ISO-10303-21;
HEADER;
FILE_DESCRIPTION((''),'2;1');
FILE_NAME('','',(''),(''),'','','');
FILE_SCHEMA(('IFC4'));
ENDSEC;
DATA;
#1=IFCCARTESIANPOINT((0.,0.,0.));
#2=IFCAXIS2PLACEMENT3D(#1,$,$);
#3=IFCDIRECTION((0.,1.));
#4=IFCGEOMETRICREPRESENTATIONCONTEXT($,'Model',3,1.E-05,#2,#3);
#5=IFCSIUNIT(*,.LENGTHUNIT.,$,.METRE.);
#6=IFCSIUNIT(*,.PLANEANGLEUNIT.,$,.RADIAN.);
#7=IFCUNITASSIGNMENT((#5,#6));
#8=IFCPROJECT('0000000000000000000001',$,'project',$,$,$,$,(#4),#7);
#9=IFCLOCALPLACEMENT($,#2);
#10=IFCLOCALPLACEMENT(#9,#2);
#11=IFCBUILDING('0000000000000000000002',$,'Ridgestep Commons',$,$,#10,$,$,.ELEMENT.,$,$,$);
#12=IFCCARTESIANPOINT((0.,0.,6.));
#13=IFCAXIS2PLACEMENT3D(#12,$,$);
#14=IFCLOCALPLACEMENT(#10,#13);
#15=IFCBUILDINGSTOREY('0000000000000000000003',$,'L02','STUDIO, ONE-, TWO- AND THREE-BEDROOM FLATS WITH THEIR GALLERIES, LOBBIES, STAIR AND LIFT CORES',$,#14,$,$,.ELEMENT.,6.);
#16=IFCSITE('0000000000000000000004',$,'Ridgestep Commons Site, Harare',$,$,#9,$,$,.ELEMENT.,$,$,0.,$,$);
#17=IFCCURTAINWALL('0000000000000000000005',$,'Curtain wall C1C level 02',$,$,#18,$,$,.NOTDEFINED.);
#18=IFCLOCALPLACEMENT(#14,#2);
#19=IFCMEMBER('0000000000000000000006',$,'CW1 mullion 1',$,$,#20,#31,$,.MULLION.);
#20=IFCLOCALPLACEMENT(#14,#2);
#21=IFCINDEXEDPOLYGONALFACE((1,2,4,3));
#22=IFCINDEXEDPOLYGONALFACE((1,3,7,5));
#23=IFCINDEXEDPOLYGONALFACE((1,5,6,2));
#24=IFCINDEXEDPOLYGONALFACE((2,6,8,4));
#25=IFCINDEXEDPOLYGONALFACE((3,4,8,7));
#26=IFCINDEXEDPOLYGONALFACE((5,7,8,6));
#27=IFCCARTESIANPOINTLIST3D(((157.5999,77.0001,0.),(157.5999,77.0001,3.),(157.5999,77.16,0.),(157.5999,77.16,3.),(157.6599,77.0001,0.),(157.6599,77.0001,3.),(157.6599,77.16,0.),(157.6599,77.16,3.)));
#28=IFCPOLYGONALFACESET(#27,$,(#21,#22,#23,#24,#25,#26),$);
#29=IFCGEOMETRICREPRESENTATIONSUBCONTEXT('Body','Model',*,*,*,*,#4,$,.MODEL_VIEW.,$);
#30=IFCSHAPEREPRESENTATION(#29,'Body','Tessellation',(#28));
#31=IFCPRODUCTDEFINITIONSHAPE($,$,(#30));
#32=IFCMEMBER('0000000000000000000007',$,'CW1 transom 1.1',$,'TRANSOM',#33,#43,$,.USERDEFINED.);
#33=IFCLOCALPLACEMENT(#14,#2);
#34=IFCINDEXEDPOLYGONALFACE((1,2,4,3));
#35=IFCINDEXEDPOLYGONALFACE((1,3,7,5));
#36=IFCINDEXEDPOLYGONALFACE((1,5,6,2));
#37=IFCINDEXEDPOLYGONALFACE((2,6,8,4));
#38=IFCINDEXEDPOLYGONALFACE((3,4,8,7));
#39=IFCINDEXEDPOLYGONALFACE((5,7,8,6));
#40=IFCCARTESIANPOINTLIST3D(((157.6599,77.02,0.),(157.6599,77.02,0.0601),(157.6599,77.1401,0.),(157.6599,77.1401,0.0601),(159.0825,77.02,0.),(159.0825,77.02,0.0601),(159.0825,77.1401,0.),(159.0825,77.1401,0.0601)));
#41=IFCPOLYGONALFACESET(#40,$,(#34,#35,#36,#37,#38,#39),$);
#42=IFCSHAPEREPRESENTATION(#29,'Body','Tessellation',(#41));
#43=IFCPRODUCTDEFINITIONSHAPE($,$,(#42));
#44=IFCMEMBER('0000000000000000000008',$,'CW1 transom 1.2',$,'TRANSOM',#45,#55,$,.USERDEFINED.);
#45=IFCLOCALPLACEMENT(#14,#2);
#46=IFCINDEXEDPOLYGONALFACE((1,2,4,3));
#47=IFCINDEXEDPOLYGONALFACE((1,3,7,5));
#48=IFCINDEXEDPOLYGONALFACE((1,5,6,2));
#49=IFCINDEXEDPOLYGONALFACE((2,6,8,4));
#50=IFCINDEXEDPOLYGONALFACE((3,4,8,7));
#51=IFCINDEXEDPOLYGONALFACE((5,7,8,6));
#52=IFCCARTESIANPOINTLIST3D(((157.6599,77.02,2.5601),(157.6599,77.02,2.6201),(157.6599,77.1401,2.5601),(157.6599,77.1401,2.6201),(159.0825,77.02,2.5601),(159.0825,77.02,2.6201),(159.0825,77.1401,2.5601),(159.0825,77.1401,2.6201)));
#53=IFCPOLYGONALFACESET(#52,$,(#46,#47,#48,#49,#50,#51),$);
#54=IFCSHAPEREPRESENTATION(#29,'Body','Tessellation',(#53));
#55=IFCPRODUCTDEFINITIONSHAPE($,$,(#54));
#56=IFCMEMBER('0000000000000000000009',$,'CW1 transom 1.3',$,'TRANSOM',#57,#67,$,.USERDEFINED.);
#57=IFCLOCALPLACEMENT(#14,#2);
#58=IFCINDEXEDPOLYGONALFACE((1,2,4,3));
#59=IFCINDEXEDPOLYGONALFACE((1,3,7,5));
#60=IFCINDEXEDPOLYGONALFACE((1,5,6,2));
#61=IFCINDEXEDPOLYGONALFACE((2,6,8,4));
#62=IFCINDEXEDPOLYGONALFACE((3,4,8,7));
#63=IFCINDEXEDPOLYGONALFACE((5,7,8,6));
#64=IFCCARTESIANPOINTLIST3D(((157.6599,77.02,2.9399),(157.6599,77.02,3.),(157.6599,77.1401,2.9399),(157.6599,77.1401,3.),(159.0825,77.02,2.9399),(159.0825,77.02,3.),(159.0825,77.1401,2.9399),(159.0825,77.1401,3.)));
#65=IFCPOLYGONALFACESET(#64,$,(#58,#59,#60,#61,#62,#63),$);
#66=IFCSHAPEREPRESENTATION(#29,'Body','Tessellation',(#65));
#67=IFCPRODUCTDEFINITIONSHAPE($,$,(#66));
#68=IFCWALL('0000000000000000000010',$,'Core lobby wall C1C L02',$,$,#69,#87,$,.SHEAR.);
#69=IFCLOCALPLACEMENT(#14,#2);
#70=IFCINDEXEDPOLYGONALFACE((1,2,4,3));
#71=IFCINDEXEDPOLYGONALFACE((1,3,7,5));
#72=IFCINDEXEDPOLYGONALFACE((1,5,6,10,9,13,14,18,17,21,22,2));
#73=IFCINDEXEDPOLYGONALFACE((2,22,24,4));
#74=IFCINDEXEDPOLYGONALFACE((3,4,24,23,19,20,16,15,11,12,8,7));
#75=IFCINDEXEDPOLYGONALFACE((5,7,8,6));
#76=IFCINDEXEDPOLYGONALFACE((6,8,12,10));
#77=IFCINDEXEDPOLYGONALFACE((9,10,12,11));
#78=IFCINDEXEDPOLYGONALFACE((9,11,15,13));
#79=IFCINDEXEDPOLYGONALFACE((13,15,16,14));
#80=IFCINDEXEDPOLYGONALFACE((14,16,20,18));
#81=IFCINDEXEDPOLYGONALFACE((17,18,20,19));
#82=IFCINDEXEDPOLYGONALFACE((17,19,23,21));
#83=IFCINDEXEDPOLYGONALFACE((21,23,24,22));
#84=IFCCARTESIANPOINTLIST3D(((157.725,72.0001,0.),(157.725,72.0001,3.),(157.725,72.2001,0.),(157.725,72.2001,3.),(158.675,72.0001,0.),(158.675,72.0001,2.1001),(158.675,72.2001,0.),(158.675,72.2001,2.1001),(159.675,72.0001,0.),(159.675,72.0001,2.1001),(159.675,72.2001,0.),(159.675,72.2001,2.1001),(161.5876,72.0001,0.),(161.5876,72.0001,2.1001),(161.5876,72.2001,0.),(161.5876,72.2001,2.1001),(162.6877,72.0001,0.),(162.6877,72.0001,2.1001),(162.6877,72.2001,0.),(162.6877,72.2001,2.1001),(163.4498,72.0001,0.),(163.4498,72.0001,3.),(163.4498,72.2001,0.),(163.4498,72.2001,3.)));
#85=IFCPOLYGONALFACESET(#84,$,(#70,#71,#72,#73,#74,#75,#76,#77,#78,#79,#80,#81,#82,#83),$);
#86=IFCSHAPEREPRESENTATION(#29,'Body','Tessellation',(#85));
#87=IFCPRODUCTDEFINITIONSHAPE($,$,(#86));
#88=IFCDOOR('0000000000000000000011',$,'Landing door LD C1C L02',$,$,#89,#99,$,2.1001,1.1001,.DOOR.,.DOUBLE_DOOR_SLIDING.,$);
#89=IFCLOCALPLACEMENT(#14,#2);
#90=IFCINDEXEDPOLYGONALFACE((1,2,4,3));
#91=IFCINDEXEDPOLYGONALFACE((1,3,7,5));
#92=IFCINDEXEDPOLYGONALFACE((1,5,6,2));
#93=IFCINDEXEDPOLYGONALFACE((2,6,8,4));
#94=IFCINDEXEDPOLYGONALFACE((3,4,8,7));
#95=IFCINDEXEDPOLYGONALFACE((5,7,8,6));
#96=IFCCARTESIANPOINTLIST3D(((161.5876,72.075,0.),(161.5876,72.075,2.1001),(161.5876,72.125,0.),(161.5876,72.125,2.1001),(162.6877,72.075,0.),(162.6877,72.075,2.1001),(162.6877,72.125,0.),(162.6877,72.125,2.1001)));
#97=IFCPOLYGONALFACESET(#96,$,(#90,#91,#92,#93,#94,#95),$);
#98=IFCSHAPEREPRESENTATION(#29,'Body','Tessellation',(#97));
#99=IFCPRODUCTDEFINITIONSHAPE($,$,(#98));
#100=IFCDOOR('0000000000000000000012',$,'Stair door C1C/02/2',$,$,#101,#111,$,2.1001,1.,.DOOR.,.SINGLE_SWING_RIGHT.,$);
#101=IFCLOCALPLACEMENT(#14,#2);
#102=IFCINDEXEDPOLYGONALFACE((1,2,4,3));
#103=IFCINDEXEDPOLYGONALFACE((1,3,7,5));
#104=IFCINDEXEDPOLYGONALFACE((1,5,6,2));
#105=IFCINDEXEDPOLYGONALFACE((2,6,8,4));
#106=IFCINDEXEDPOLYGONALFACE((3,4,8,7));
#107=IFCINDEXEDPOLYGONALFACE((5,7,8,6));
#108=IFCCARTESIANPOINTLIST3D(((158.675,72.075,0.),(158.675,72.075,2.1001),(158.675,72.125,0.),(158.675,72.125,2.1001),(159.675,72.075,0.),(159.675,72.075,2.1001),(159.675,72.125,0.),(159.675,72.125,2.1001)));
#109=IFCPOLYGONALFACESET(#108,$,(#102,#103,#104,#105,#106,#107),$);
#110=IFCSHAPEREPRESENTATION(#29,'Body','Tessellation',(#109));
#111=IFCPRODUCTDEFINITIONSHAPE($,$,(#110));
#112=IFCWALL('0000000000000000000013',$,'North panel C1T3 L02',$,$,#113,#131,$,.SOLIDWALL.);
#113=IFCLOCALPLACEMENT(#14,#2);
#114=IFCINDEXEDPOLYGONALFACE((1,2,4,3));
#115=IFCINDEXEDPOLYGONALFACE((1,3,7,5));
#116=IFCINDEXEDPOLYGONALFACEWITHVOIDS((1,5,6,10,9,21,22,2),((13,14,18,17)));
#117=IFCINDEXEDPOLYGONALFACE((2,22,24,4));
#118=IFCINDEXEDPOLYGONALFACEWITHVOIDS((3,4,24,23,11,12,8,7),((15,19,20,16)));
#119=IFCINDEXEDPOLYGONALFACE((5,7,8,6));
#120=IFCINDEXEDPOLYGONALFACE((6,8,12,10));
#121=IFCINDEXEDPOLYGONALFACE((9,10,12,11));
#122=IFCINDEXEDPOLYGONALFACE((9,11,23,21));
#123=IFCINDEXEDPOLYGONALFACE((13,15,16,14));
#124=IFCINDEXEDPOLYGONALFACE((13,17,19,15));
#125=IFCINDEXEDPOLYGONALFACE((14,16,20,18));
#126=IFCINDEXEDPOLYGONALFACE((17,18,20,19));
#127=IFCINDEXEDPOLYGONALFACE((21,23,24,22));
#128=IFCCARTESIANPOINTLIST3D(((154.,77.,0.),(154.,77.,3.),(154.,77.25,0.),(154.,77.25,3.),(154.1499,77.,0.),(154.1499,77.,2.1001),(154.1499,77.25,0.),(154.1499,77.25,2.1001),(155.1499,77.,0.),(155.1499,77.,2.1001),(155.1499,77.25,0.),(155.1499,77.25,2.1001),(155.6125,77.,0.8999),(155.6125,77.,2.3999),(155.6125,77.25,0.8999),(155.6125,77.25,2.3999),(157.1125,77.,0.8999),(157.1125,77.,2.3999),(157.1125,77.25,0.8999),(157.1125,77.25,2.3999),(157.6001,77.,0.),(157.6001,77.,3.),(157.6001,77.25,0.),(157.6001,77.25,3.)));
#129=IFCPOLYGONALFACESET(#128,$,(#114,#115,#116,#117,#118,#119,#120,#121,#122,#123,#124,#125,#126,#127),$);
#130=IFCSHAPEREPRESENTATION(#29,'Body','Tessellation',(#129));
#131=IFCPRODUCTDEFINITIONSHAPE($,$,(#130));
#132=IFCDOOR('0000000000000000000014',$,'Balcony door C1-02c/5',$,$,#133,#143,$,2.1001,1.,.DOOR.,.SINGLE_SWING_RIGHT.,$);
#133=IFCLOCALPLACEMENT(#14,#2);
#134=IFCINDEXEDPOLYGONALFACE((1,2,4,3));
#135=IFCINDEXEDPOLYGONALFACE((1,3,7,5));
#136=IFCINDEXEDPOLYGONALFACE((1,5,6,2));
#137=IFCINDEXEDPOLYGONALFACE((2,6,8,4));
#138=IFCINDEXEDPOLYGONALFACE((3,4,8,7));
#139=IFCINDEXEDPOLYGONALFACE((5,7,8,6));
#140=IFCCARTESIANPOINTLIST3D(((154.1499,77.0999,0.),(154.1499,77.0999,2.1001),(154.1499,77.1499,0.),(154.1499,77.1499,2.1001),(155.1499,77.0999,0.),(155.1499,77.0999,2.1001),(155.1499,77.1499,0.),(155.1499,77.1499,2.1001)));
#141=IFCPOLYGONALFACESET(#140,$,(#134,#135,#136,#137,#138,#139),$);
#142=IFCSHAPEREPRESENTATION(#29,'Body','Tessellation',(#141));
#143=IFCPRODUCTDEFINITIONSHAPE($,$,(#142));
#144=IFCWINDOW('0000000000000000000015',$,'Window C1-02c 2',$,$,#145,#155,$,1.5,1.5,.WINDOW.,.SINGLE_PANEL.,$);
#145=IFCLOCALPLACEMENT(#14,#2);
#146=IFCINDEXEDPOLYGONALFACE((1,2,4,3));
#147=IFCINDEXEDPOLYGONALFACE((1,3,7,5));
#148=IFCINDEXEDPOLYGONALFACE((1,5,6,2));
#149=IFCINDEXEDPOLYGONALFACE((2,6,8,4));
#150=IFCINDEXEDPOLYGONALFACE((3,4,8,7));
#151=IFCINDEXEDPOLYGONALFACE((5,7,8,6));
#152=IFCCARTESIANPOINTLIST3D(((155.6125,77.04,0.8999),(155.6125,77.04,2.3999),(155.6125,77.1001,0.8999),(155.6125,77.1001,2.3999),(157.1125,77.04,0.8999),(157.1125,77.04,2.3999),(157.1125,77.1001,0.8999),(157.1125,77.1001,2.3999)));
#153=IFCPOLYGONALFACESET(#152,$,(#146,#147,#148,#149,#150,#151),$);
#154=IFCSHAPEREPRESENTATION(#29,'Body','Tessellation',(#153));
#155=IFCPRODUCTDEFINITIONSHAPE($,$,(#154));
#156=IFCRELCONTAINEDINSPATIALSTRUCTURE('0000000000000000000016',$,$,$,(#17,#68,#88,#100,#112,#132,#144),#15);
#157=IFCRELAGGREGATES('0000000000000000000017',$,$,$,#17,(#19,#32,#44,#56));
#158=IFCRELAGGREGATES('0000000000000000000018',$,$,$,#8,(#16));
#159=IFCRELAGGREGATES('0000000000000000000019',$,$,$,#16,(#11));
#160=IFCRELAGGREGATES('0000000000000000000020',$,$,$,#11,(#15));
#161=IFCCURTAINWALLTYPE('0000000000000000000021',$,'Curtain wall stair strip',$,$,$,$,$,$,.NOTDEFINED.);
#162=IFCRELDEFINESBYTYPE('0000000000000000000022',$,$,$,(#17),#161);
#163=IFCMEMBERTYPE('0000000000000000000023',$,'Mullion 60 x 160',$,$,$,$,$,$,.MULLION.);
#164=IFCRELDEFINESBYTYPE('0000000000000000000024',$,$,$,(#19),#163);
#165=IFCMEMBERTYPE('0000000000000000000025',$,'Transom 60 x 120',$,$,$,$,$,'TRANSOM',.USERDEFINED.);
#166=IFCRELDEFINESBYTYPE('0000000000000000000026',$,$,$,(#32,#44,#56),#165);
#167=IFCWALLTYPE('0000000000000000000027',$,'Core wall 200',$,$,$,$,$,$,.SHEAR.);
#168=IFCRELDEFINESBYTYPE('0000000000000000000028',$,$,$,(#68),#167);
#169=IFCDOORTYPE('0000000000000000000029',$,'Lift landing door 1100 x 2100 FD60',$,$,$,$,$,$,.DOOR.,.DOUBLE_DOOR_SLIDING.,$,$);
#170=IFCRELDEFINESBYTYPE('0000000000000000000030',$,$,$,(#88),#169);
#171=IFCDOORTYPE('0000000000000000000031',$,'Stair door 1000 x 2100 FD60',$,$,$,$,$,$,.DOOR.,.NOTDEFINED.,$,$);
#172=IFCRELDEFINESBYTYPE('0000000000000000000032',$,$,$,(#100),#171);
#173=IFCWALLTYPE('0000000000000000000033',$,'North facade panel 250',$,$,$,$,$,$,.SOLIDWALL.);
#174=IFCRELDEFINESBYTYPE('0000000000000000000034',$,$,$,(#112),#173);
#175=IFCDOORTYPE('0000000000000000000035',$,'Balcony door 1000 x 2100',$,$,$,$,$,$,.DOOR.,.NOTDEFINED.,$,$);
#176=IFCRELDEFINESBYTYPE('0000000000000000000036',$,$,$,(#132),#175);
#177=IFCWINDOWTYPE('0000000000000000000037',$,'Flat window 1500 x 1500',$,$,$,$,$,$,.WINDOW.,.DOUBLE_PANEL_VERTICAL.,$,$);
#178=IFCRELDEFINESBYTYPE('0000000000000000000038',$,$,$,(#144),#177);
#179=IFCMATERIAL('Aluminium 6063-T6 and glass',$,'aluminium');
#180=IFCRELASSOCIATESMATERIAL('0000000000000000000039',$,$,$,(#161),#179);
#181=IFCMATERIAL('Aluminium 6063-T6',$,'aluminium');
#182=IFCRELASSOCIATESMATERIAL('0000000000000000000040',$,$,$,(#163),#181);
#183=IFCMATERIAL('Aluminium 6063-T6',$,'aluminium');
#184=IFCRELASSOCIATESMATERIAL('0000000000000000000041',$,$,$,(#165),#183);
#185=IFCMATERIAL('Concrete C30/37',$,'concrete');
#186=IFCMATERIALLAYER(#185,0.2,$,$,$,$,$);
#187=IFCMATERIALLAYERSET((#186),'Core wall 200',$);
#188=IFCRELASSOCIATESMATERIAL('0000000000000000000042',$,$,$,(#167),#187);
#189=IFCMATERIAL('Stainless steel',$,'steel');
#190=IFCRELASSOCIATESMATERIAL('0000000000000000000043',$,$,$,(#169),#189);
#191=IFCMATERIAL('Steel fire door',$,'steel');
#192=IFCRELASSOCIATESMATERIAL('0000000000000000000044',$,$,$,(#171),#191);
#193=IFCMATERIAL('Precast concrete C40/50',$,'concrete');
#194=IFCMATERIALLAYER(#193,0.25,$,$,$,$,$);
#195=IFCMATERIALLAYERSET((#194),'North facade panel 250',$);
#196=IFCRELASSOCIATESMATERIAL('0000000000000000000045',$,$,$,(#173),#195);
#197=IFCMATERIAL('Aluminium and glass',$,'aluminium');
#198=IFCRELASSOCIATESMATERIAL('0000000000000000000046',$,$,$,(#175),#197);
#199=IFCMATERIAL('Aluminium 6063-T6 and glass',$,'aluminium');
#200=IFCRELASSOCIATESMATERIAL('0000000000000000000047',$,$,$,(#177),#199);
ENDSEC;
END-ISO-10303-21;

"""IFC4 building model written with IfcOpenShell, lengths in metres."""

from ifc_helpers import new_model, si_unit, direction, frame, frame_2d, origin, origin_2d, place, context, subcontext, project, spatial, rectangle, extrude, material, layer, layer_set, material_profile, profile_set, type_object, element, fill, aggregate, save


model = new_model("IFC4")

# Units and contexts
model_context = context("Model", 3, precision=1e-05, world=origin(), true_north=direction((0.0, 1.0)))
body_context = subcontext(model_context, "Body", "Model", "MODEL_VIEW")
ifc_project = project(units=[si_unit("LENGTHUNIT", "METRE"), si_unit("PLANEANGLEUNIT", "RADIAN")], contexts=[model_context])

# Site, building, storey
site_placement = place(None, origin())
site = spatial("IfcSite", under=ifc_project, at=site_placement, Name="Ridgestep Commons Site, Harare", CompositionType="ELEMENT", RefElevation=0.0)
building_placement = place(site_placement, origin())
building = spatial("IfcBuilding", under=site, at=building_placement, Name="Ridgestep Commons", CompositionType="ELEMENT")
storey_placement = place(building_placement, frame((0.0, 0.0, 6.0)))
storey = spatial("IfcBuildingStorey", under=building, at=storey_placement, Name="L02", Description="STUDIO, ONE-, TWO- AND THREE-BEDROOM FLATS WITH THEIR GALLERIES, LOBBIES, STAIR AND LIFT CORES", CompositionType="ELEMENT", Elevation=6.0)

# Curtain wall, members
ifc_material_1 = material(Name="Aluminium 6063-T6 and glass", Category="aluminium")
curtain_wall_type = type_object("IfcCurtainWallType", Name="Curtain wall stair strip", PredefinedType="NOTDEFINED", material=ifc_material_1)
curtain_wall_placement = place(storey_placement, origin())
curtain_wall = element("IfcCurtainWall", 1, at=curtain_wall_placement, inside=storey, type_object=curtain_wall_type, Name="Curtain wall C1C level 02", PredefinedType="NOTDEFINED")
ifc_material_2 = material(Name="Aluminium 6063-T6", Category="aluminium")
ifc_material_profile_1 = material_profile(ifc_material_2, rectangle(XDim=0.1599, YDim=0.0601, at=origin_2d()), Name="Mullion 60 x 160")
ifc_profile_set_1 = profile_set([ifc_material_profile_1], Name="Aluminium 6063-T6")
member_type_1 = type_object("IfcMemberType", Name="Mullion 60 x 160", PredefinedType="MULLION", material=ifc_profile_set_1)
member_1_placement = place(storey_placement, frame((157.6299, 77.0801, 0.0), z_axis=(0.0, 0.0, 1.0), x_axis=(0.0, 1.0, 0.0)))
member_1 = element("IfcMember", 2, at=member_1_placement, type_object=member_type_1, Name="CW1 mullion 1", PredefinedType="MULLION", context=body_context, shape_type="SweptSolid", body=[
    extrude(rectangle(XDim=0.1599, YDim=0.0601, at=origin_2d()), origin(), (0.0, 0.0, 1.0), 3.0),
])
ifc_material_3 = material(Name="Aluminium 6063-T6", Category="aluminium")
ifc_material_profile_2 = material_profile(ifc_material_3, rectangle(XDim=0.1201, YDim=0.0601, at=origin_2d()), Name="Transom 60 x 120")
ifc_profile_set_2 = profile_set([ifc_material_profile_2], Name="Aluminium 6063-T6")
member_type_2 = type_object("IfcMemberType", Name="Transom 60 x 120", ElementType="TRANSOM", PredefinedType="USERDEFINED", material=ifc_profile_set_2)
member_2_placement = place(storey_placement, frame((157.6599, 77.0801, 0.03), z_axis=(1.0, 0.0, 0.0), x_axis=(0.0, 1.0, 0.0)))
member_2 = element("IfcMember", 3, at=member_2_placement, type_object=member_type_2, Name="CW1 transom 1.1", ObjectType="TRANSOM", PredefinedType="USERDEFINED", context=body_context, shape_type="SweptSolid", body=[
    extrude(rectangle(XDim=0.1201, YDim=0.0601, at=origin_2d()), origin(), (0.0, 0.0, 1.0), 1.4226),
])
member_3_placement = place(storey_placement, frame((157.6599, 77.0801, 2.5901), z_axis=(1.0, 0.0, 0.0), x_axis=(0.0, 1.0, 0.0)))
member_3 = element("IfcMember", 4, at=member_3_placement, type_object=member_type_2, Name="CW1 transom 1.2", ObjectType="TRANSOM", PredefinedType="USERDEFINED", context=body_context, shape_type="SweptSolid", body=[
    extrude(rectangle(XDim=0.1201, YDim=0.0601, at=origin_2d()), origin(), (0.0, 0.0, 1.0), 1.4226),
])
member_4_placement = place(storey_placement, frame((157.6599, 77.0801, 2.97), z_axis=(1.0, 0.0, 0.0), x_axis=(0.0, 1.0, 0.0)))
member_4 = element("IfcMember", 5, at=member_4_placement, type_object=member_type_2, Name="CW1 transom 1.3", ObjectType="TRANSOM", PredefinedType="USERDEFINED", context=body_context, shape_type="SweptSolid", body=[
    extrude(rectangle(XDim=0.1201, YDim=0.0601, at=origin_2d()), origin(), (0.0, 0.0, 1.0), 1.4226),
])
aggregate(curtain_wall, [member_1, member_2, member_3, member_4])

# Wall, openings, doors
ifc_material_4 = material(Name="Concrete C30/37", Category="concrete")
ifc_layer_1 = layer(ifc_material_4, 0.2)
ifc_layer_set_1 = layer_set([ifc_layer_1], Name="Core wall 200")
wall_type_1 = type_object("IfcWallType", Name="Core wall 200", PredefinedType="SHEAR", material=ifc_layer_set_1)
wall_1_placement = place(storey_placement, frame((157.7251, 72.1001, 0.0), z_axis=(0.0, 0.0, 1.0), x_axis=(1.0, 0.0, 0.0)))
wall_1 = element("IfcWall", 6, at=wall_1_placement, inside=storey, type_object=wall_type_1, Name="Core lobby wall C1C L02", PredefinedType="SHEAR", context=body_context, shape_type="SweptSolid", body=[
    extrude(rectangle(XDim=5.7249, YDim=0.2, at=frame_2d((2.8623, 0.0))), origin(), (0.0, 0.0, 1.0), 3.0),
])
opening_1_placement = place(wall_1_placement, frame((0.95, 0.0, 0.0)))
opening_1 = element("IfcOpeningElement", 7, at=opening_1_placement, cuts=wall_1, PredefinedType="OPENING", context=body_context, shape_type="SweptSolid", body=[
    extrude(rectangle(XDim=1.0, YDim=2.1001, at=frame_2d((0.5, 1.05))), frame((0.0, 0.1099, 0.0), z_axis=(0.0, -1.0, 0.0), x_axis=(1.0, 0.0, 0.0)), (0.0, 0.0, 1.0), 0.22),
])
opening_2_placement = place(wall_1_placement, frame((3.8625, 0.0, 0.0)))
opening_2 = element("IfcOpeningElement", 8, at=opening_2_placement, cuts=wall_1, PredefinedType="OPENING", context=body_context, shape_type="SweptSolid", body=[
    extrude(rectangle(XDim=1.1001, YDim=2.1001, at=frame_2d((0.55, 1.05))), frame((0.0, 0.1099, 0.0), z_axis=(0.0, -1.0, 0.0), x_axis=(1.0, 0.0, 0.0)), (0.0, 0.0, 1.0), 0.22),
])
ifc_material_5 = material(Name="Stainless steel", Category="steel")
door_type_1 = type_object("IfcDoorType", Name="Lift landing door 1100 x 2100 FD60", OperationType="DOUBLE_DOOR_SLIDING", PredefinedType="DOOR", material=ifc_material_5)
door_1_placement = place(opening_2_placement, origin())
door_1 = element("IfcDoor", 9, at=door_1_placement, inside=storey, type_object=door_type_1, Name="Landing door LD C1C L02", OperationType="DOUBLE_DOOR_SLIDING", OverallHeight=2.1001, OverallWidth=1.1001, PredefinedType="DOOR", context=body_context, shape_type="SweptSolid", body=[
    extrude(rectangle(XDim=1.1001, YDim=2.1001, at=frame_2d((0.55, 1.05))), frame((0.0, 0.0249, 0.0), z_axis=(0.0, -1.0, 0.0), x_axis=(1.0, 0.0, 0.0)), (0.0, 0.0, 1.0), 0.05),
])
fill(opening_2, door_1)
ifc_material_6 = material(Name="Steel fire door", Category="steel")
door_type_2 = type_object("IfcDoorType", Name="Stair door 1000 x 2100 FD60", OperationType="NOTDEFINED", PredefinedType="DOOR", material=ifc_material_6)
door_2_placement = place(opening_1_placement, origin())
door_2 = element("IfcDoor", 10, at=door_2_placement, inside=storey, type_object=door_type_2, Name="Stair door C1C/02/2", OperationType="SINGLE_SWING_RIGHT", OverallHeight=2.1001, OverallWidth=1.0, PredefinedType="DOOR", context=body_context, shape_type="SweptSolid", body=[
    extrude(rectangle(XDim=1.0, YDim=2.1001, at=frame_2d((0.5, 1.05))), frame((0.0, 0.0249, 0.0), z_axis=(0.0, -1.0, 0.0), x_axis=(1.0, 0.0, 0.0)), (0.0, 0.0, 1.0), 0.05),
])
fill(opening_1, door_2)

# Wall, openings, door, window
ifc_material_7 = material(Name="Precast concrete C40/50", Category="concrete")
ifc_layer_2 = layer(ifc_material_7, 0.25)
ifc_layer_set_2 = layer_set([ifc_layer_2], Name="North facade panel 250")
wall_type_2 = type_object("IfcWallType", Name="North facade panel 250", PredefinedType="SOLIDWALL", material=ifc_layer_set_2)
wall_2_placement = place(storey_placement, frame((154.0, 77.125, 0.0), z_axis=(0.0, 0.0, 1.0), x_axis=(1.0, 0.0, 0.0)))
wall_2 = element("IfcWall", 11, at=wall_2_placement, inside=storey, type_object=wall_type_2, Name="North panel C1T3 L02", PredefinedType="SOLIDWALL", context=body_context, shape_type="SweptSolid", body=[
    extrude(rectangle(XDim=3.6001, YDim=0.25, at=frame_2d((1.8, 0.0))), origin(), (0.0, 0.0, 1.0), 3.0),
])
opening_3_placement = place(wall_2_placement, frame((1.6125, 0.0, 0.8999)))
opening_3 = element("IfcOpeningElement", 12, at=opening_3_placement, cuts=wall_2, PredefinedType="OPENING", context=body_context, shape_type="SweptSolid", body=[
    extrude(rectangle(XDim=1.5, YDim=1.5, at=frame_2d((0.75, 0.75))), frame((0.0, 0.135, 0.0), z_axis=(0.0, -1.0, 0.0), x_axis=(1.0, 0.0, 0.0)), (0.0, 0.0, 1.0), 0.27),
])
opening_4_placement = place(wall_2_placement, frame((0.1499, 0.0, 0.0)))
opening_4 = element("IfcOpeningElement", 13, at=opening_4_placement, cuts=wall_2, PredefinedType="OPENING", context=body_context, shape_type="SweptSolid", body=[
    extrude(rectangle(XDim=1.0, YDim=2.1001, at=frame_2d((0.5, 1.05))), frame((0.0, 0.135, 0.0), z_axis=(0.0, -1.0, 0.0), x_axis=(1.0, 0.0, 0.0)), (0.0, 0.0, 1.0), 0.27),
])
ifc_material_8 = material(Name="Aluminium and glass", Category="aluminium")
door_type_3 = type_object("IfcDoorType", Name="Balcony door 1000 x 2100", OperationType="NOTDEFINED", PredefinedType="DOOR", material=ifc_material_8)
door_3_placement = place(opening_4_placement, origin())
door_3 = element("IfcDoor", 14, at=door_3_placement, inside=storey, type_object=door_type_3, Name="Balcony door C1-02c/5", OperationType="SINGLE_SWING_RIGHT", OverallHeight=2.1001, OverallWidth=1.0, PredefinedType="DOOR", context=body_context, shape_type="SweptSolid", body=[
    extrude(rectangle(XDim=1.0, YDim=2.1001, at=frame_2d((0.5, 1.05))), frame((0.0, 0.0249, 0.0), z_axis=(0.0, -1.0, 0.0), x_axis=(1.0, 0.0, 0.0)), (0.0, 0.0, 1.0), 0.05),
])
fill(opening_4, door_3)
ifc_material_9 = material(Name="Aluminium 6063-T6 and glass", Category="aluminium")
window_type = type_object("IfcWindowType", Name="Flat window 1500 x 1500", PartitioningType="DOUBLE_PANEL_VERTICAL", PredefinedType="WINDOW", material=ifc_material_9)
window_placement = place(opening_3_placement, origin())
window = element("IfcWindow", 15, at=window_placement, inside=storey, type_object=window_type, Name="Window C1-02c 2", OverallHeight=1.5, OverallWidth=1.5, PartitioningType="SINGLE_PANEL", PredefinedType="WINDOW", context=body_context, shape_type="SweptSolid", body=[
    extrude(rectangle(XDim=1.5, YDim=1.5, at=frame_2d((0.75, 0.75))), frame((0.0, -0.0249, 0.0), z_axis=(0.0, -1.0, 0.0), x_axis=(1.0, 0.0, 0.0)), (0.0, 0.0, 1.0), 0.0601),
])
fill(opening_3, window)

save(model, "model.ifc")
